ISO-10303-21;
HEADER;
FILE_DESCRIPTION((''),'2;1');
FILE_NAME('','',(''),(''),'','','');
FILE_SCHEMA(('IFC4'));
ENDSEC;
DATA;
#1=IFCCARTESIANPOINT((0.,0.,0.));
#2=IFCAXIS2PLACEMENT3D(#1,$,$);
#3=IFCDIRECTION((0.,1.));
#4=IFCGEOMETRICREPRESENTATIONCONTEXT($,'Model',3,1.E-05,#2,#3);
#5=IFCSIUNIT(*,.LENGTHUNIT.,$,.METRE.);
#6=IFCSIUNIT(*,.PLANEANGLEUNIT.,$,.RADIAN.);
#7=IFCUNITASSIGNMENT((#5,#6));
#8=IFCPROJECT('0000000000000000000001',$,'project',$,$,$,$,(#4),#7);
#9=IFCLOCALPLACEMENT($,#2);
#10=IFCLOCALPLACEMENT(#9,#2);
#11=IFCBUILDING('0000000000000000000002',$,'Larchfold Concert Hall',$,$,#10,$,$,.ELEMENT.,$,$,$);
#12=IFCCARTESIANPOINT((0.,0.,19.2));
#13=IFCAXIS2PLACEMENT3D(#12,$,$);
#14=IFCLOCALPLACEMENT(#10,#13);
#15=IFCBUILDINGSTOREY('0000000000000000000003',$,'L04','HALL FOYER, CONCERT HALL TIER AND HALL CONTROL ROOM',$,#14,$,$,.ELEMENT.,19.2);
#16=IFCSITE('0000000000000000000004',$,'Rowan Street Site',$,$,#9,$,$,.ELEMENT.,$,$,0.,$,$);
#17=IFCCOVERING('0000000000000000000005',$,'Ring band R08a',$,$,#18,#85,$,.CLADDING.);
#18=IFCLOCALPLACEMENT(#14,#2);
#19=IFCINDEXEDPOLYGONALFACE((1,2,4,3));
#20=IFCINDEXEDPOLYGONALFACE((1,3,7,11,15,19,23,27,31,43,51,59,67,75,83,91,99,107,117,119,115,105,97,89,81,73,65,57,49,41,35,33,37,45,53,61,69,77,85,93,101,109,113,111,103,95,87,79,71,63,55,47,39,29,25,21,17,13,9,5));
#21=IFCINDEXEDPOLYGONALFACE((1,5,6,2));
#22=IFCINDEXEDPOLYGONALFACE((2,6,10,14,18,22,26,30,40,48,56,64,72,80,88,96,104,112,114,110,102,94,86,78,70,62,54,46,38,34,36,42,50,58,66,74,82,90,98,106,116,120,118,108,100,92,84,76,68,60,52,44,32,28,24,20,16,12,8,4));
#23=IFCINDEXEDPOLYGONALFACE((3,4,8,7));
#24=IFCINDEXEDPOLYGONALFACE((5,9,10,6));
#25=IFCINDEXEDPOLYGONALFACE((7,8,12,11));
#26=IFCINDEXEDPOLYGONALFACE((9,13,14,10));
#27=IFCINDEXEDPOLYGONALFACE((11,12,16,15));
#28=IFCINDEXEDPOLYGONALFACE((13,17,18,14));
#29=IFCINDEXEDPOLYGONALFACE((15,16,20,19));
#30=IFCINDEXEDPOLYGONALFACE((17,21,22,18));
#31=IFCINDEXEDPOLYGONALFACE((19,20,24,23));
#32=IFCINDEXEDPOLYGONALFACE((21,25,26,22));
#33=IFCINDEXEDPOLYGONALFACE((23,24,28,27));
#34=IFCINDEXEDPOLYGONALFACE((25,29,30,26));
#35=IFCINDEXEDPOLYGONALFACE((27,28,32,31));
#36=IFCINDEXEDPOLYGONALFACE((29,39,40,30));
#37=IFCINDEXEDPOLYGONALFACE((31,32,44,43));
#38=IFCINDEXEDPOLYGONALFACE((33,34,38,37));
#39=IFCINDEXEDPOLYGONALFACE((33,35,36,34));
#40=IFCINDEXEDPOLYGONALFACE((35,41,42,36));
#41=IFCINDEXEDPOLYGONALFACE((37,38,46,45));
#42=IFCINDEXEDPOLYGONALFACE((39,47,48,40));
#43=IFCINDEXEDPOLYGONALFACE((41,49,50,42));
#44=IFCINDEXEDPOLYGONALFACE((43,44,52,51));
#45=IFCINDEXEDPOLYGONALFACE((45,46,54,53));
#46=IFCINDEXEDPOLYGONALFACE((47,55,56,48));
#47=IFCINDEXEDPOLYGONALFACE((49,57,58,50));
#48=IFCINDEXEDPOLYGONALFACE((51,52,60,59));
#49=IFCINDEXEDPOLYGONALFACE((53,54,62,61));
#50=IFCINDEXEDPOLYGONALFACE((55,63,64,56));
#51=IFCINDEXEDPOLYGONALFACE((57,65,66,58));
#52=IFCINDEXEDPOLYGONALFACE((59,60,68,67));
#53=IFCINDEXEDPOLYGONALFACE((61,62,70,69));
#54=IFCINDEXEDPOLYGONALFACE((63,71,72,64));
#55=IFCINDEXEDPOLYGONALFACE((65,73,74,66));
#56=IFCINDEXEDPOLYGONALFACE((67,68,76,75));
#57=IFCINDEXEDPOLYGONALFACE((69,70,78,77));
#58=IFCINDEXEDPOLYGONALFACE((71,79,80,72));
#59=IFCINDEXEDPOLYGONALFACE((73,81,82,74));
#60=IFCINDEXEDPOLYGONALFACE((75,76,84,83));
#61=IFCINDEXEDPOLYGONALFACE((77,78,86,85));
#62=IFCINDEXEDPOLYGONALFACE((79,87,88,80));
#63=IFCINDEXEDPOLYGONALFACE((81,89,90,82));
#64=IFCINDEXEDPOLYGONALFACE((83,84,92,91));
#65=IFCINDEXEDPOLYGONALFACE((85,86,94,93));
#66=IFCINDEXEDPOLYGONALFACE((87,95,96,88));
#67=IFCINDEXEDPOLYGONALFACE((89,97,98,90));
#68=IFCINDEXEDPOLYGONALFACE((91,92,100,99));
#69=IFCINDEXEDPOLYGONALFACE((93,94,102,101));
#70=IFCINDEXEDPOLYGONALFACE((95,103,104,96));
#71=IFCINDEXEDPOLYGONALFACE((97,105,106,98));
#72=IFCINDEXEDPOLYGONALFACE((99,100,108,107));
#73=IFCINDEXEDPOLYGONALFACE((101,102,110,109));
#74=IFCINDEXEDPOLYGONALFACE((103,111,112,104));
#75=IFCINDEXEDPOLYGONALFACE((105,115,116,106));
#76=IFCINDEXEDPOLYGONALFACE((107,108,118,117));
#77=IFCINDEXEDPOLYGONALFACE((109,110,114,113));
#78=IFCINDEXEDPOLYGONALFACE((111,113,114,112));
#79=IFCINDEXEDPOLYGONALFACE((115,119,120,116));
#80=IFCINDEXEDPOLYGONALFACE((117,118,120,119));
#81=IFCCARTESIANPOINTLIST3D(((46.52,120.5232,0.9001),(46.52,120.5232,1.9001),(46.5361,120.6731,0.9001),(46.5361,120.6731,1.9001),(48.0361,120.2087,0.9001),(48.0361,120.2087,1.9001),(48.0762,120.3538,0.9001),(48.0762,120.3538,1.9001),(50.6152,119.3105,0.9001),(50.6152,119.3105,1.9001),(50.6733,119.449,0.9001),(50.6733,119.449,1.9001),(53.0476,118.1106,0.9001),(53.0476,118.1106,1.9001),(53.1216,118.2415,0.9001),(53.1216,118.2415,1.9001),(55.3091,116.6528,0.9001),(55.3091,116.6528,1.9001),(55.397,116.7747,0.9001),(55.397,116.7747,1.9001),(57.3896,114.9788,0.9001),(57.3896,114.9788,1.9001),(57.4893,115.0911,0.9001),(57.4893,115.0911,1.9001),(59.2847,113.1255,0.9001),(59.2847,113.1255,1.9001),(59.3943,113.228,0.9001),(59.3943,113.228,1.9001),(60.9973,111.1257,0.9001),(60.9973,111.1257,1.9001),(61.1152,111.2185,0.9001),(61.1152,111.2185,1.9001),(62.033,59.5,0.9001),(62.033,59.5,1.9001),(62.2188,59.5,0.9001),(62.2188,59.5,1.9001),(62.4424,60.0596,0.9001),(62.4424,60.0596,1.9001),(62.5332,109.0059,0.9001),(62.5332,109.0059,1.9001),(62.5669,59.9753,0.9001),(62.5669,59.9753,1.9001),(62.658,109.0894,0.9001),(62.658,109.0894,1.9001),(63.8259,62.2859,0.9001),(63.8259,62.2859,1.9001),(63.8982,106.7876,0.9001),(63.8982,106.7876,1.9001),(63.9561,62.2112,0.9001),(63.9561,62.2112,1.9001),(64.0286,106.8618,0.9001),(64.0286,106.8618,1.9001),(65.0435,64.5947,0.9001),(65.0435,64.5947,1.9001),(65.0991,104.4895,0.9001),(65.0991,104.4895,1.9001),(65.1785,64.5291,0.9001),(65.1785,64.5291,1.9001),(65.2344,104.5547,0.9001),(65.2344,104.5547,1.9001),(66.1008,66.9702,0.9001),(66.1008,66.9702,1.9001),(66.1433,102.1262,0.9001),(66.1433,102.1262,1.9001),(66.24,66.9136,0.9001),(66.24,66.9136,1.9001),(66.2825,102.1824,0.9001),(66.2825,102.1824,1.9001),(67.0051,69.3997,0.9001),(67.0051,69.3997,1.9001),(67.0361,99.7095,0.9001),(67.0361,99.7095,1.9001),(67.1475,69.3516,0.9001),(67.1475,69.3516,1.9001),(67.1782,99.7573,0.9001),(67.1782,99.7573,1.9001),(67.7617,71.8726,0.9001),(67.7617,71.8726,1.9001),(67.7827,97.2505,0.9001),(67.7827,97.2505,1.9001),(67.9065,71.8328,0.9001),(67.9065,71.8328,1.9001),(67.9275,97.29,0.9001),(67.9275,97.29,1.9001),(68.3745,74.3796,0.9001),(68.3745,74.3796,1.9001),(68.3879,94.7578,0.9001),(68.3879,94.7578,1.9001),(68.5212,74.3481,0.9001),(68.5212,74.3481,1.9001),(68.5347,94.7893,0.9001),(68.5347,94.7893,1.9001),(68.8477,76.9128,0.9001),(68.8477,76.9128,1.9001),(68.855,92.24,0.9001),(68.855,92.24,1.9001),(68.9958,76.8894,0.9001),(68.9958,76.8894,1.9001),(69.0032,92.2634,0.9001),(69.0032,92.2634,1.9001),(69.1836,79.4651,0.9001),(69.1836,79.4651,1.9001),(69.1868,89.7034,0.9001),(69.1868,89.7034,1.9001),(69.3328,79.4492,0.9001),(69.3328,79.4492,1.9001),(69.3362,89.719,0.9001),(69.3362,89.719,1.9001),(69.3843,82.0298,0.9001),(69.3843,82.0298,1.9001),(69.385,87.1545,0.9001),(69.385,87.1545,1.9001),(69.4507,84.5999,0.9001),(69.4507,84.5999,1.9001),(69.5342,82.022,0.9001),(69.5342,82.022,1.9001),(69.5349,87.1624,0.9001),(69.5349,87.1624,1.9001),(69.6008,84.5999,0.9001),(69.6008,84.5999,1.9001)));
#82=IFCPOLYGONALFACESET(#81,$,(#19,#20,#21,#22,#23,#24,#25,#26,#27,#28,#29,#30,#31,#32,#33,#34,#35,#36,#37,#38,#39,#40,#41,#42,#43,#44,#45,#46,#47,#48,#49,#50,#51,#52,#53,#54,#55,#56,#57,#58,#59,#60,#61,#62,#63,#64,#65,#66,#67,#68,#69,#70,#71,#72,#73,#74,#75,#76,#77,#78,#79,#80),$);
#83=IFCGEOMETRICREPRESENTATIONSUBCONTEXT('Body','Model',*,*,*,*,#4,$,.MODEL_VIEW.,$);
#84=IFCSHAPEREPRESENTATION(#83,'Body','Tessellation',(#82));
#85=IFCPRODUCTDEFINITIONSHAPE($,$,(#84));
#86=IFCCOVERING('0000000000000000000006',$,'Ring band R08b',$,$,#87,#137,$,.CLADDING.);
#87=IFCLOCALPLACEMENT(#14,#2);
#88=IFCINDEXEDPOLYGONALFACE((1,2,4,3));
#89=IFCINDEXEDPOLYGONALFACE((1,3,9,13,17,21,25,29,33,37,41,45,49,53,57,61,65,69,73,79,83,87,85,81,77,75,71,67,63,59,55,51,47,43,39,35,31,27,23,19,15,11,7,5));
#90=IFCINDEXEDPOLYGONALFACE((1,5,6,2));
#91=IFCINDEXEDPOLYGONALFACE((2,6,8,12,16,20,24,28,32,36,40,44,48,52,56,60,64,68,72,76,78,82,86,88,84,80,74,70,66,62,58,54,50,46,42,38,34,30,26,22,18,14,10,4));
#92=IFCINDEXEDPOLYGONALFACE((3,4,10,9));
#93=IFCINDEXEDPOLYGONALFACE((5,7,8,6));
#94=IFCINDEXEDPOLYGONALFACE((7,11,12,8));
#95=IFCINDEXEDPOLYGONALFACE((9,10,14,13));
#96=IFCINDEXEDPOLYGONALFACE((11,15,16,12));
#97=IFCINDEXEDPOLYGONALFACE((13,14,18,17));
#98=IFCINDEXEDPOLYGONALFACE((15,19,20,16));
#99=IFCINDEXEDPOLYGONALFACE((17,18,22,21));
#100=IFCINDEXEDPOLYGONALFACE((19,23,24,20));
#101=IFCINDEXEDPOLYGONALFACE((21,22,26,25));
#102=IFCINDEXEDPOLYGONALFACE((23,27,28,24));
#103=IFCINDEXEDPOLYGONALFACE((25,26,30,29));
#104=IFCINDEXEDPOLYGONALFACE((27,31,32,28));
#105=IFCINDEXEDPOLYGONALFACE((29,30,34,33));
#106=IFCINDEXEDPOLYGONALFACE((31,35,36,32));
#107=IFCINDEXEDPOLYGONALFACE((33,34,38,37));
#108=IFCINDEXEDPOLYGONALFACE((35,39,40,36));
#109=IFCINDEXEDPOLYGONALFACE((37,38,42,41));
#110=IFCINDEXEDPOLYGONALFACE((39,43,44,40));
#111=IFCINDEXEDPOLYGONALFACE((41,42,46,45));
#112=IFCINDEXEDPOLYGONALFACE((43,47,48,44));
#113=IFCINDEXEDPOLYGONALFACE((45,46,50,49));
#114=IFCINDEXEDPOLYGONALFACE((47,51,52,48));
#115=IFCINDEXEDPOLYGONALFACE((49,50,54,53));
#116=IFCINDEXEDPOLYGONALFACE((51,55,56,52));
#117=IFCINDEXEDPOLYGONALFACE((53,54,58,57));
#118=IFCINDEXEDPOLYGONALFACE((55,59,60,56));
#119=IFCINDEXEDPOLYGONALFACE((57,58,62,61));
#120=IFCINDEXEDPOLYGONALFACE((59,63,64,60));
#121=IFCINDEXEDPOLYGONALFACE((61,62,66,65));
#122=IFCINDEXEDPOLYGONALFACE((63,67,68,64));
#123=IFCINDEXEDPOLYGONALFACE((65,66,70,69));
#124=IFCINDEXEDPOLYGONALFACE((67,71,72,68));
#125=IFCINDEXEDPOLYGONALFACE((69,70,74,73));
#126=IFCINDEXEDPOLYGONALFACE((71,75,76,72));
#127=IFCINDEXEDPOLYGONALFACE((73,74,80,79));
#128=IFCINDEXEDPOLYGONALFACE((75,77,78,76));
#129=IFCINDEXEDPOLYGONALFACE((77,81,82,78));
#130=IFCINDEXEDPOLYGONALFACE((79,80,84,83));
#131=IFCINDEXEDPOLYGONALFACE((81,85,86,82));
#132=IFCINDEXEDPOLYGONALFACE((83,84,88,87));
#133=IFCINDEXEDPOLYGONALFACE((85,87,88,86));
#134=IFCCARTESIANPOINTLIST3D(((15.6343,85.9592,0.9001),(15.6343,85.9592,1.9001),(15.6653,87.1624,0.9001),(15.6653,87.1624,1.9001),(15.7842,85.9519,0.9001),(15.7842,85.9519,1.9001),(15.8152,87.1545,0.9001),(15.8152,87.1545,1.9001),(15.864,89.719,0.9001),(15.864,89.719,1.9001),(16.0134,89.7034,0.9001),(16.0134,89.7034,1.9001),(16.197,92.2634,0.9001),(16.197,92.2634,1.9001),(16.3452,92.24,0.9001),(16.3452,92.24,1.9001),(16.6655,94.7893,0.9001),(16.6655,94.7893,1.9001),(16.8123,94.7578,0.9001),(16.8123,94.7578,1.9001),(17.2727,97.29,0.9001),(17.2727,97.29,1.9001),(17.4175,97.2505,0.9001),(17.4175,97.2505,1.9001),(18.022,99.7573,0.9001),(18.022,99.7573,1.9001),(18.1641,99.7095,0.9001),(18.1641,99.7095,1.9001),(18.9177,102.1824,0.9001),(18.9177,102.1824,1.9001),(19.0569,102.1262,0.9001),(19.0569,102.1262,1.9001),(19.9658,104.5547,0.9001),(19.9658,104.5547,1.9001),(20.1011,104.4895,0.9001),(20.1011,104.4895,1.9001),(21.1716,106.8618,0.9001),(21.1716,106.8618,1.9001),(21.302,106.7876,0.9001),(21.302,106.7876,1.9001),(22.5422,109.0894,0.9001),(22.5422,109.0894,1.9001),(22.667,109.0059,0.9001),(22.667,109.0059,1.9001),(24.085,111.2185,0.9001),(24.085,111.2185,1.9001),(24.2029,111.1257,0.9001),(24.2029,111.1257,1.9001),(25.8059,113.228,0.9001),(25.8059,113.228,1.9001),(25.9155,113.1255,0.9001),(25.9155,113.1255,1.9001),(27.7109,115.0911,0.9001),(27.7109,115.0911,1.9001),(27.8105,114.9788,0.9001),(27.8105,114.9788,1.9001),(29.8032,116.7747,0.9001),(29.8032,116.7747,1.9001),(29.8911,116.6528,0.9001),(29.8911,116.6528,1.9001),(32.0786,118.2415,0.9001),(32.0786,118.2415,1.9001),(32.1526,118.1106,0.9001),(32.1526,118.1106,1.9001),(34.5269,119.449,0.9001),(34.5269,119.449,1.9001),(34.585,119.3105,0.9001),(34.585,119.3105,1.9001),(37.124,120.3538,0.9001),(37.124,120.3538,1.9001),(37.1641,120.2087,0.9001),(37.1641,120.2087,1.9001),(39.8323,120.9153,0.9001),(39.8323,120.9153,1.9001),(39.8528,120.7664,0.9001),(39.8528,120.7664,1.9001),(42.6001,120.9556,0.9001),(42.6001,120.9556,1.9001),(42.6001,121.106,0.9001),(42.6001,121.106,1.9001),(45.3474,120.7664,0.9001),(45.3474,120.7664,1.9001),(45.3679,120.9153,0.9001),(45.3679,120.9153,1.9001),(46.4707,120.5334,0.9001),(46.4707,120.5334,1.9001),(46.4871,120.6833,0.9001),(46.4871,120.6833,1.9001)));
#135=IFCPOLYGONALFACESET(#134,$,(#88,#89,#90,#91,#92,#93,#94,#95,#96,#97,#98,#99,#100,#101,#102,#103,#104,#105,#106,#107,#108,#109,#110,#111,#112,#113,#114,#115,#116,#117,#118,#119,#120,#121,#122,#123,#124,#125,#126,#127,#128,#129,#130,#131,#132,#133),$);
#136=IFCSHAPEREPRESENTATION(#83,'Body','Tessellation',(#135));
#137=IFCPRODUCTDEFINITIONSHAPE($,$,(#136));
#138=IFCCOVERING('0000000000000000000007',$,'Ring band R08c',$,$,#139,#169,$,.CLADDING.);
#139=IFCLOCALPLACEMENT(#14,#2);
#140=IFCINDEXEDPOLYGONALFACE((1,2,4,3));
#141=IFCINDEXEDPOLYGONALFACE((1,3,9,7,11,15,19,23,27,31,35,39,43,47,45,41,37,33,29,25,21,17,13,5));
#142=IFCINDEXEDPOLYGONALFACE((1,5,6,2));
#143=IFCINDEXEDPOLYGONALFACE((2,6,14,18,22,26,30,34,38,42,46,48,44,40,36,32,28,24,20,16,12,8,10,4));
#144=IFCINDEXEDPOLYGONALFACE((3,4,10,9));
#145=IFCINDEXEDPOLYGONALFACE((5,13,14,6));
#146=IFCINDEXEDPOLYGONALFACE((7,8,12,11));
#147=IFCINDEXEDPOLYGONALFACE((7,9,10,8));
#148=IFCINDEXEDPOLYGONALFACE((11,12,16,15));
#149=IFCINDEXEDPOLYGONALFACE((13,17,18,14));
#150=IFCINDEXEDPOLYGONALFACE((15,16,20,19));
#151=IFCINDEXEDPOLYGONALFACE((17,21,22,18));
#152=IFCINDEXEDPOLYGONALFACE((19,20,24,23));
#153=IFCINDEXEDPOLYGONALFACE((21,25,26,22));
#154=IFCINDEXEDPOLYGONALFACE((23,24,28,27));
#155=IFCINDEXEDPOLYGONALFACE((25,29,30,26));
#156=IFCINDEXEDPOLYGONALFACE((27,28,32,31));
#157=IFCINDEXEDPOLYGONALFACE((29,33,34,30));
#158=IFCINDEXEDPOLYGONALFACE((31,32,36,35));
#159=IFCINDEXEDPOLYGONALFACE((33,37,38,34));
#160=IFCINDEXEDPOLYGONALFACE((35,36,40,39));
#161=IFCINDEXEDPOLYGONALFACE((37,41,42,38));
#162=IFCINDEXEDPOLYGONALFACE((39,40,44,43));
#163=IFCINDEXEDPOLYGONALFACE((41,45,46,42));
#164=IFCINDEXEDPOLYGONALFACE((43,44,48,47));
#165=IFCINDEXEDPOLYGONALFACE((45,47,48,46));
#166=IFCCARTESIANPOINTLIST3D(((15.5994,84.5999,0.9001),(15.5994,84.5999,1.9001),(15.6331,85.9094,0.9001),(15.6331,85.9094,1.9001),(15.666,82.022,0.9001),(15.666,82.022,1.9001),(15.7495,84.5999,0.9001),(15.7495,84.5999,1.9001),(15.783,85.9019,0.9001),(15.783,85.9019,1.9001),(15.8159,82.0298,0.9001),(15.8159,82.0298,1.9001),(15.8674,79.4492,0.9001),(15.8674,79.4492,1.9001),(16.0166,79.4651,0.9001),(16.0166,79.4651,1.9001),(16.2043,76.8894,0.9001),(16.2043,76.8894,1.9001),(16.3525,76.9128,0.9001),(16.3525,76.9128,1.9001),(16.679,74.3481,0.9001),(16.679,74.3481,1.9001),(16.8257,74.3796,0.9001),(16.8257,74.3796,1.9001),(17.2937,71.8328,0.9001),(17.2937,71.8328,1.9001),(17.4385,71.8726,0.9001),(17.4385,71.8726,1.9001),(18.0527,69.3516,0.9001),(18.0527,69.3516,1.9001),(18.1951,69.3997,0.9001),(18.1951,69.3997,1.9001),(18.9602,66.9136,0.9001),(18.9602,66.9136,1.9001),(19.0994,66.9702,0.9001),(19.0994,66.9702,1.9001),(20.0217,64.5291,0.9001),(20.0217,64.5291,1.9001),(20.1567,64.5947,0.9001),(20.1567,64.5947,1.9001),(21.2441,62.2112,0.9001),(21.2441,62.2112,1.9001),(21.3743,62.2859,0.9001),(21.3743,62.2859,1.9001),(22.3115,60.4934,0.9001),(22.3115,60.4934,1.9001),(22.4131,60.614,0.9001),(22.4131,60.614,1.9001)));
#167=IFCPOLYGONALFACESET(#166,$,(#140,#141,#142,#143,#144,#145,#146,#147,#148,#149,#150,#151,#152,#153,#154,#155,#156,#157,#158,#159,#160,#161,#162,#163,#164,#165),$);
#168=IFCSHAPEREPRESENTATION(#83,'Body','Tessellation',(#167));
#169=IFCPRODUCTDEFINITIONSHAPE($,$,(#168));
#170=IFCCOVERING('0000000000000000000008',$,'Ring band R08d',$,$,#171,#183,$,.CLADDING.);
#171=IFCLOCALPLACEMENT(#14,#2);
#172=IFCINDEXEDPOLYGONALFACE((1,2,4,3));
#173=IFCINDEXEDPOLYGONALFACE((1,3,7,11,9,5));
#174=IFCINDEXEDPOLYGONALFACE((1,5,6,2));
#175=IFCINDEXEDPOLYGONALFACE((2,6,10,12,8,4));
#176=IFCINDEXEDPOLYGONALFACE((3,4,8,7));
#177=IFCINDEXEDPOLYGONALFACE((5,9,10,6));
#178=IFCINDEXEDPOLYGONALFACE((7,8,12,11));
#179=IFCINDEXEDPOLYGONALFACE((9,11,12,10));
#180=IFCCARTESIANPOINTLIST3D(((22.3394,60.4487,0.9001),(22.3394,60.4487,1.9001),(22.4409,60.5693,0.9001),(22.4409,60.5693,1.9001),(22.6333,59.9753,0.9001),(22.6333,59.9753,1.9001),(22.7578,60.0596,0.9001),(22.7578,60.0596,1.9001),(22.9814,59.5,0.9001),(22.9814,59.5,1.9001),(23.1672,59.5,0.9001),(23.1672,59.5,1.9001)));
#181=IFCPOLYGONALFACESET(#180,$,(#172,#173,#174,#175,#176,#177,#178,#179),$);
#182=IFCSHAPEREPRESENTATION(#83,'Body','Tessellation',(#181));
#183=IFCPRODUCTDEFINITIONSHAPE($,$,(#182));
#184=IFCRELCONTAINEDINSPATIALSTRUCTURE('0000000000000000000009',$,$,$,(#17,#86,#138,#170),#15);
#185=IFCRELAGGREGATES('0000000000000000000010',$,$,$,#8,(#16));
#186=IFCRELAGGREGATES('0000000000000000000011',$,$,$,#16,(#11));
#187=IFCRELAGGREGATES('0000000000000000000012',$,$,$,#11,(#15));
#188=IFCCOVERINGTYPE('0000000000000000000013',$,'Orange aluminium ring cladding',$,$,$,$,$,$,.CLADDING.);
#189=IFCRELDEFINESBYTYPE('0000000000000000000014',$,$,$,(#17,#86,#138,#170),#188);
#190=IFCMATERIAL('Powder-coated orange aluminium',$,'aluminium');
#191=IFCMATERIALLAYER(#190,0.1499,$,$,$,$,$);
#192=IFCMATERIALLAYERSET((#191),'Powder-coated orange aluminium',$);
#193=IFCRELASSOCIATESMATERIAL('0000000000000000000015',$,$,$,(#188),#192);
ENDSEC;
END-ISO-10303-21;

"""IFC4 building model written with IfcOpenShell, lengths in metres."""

from ifc_helpers import new_model, si_unit, direction, frame, origin, place, context, subcontext, project, spatial, polyline, outline, extrude, material, layer, layer_set, type_object, element, save


model = new_model("IFC4")

# Units and contexts
model_context = context("Model", 3, precision=1e-05, world=origin(), true_north=direction((0.0, 1.0)))
body_context = subcontext(model_context, "Body", "Model", "MODEL_VIEW")
ifc_project = project(units=[si_unit("LENGTHUNIT", "METRE"), si_unit("PLANEANGLEUNIT", "RADIAN")], contexts=[model_context])

# Site, building, storey
site_placement = place(None, origin())
site = spatial("IfcSite", under=ifc_project, at=site_placement, Name="Rowan Street Site", CompositionType="ELEMENT", RefElevation=0.0)
building_placement = place(site_placement, origin())
building = spatial("IfcBuilding", under=site, at=building_placement, Name="Larchfold Concert Hall", CompositionType="ELEMENT")
storey_placement = place(building_placement, frame((0.0, 0.0, 19.2)))
storey = spatial("IfcBuildingStorey", under=building, at=storey_placement, Name="L04", Description="HALL FOYER, CONCERT HALL TIER AND HALL CONTROL ROOM", CompositionType="ELEMENT", Elevation=19.2)

# Coverings
ifc_material_1 = material(Name="Powder-coated orange aluminium", Category="aluminium")
ifc_layer_1 = layer(ifc_material_1, 0.1499)
ifc_layer_set_1 = layer_set([ifc_layer_1], Name="Powder-coated orange aluminium")
covering_type_1 = type_object("IfcCoveringType", Name="Orange aluminium ring cladding", PredefinedType="CLADDING", material=ifc_layer_set_1)
covering_1_placement = place(storey_placement, frame((0.0, 0.0, 0.9001)))
element("IfcCovering", 1, at=covering_1_placement, inside=storey, type_object=covering_type_1, Name="Ring band R08a", PredefinedType="CLADDING", context=body_context, shape_type="SweptSolid", body=[
    extrude(outline(polyline([(68.5212, 74.3481), (68.9958, 76.8894), (69.3328, 79.4492), (69.5342, 82.022), (69.6008, 84.5999), (69.5349, 87.1624), (69.3362, 89.719), (69.0032, 92.2634), (68.5347, 94.7893), (67.9275, 97.29), (67.1782, 99.7573), (66.2825, 102.1824), (65.2344, 104.5547), (64.0286, 106.8618), (62.658, 109.0894), (61.1152, 111.2185), (59.3943, 113.228), (57.4893, 115.0911), (55.397, 116.7747), (53.1216, 118.2415), (50.6733, 119.449), (48.0762, 120.3538), (46.5361, 120.6731), (46.52, 120.5232), (48.0361, 120.2087), (50.6152, 119.3105), (53.0476, 118.1106), (55.3091, 116.6528), (57.3896, 114.9788), (59.2847, 113.1255), (60.9973, 111.1257), (62.5332, 109.0059), (63.8982, 106.7876), (65.0991, 104.4895), (66.1433, 102.1262), (67.0361, 99.7095), (67.7827, 97.2505), (68.3879, 94.7578), (68.855, 92.24), (69.1868, 89.7034), (69.385, 87.1545), (69.4507, 84.5999), (69.3843, 82.0298), (69.1836, 79.4651), (68.8477, 76.9128), (68.3745, 74.3796), (67.7617, 71.8726), (67.0051, 69.3997), (66.1008, 66.9702), (65.0435, 64.5947), (63.8259, 62.2859), (62.4424, 60.0596), (62.033, 59.5), (62.2188, 59.5), (62.5669, 59.9753), (63.9561, 62.2112), (65.1785, 64.5291), (66.24, 66.9136), (67.1475, 69.3516), (67.9065, 71.8328), (68.5212, 74.3481)])), origin(), (0.0, 0.0, 1.0), 1.0),
])
covering_2_placement = place(storey_placement, frame((0.0, 0.0, 0.9001)))
element("IfcCovering", 2, at=covering_2_placement, inside=storey, type_object=covering_type_1, Name="Ring band R08b", PredefinedType="CLADDING", context=body_context, shape_type="SweptSolid", body=[
    extrude(outline(polyline([(42.6001, 120.9556), (45.3474, 120.7664), (46.4707, 120.5334), (46.4871, 120.6833), (45.3679, 120.9153), (42.6001, 121.106), (39.8323, 120.9153), (37.124, 120.3538), (34.5269, 119.449), (32.0786, 118.2415), (29.8032, 116.7747), (27.7109, 115.0911), (25.8059, 113.228), (24.085, 111.2185), (22.5422, 109.0894), (21.1716, 106.8618), (19.9658, 104.5547), (18.9177, 102.1824), (18.022, 99.7573), (17.2727, 97.29), (16.6655, 94.7893), (16.197, 92.2634), (15.864, 89.719), (15.6653, 87.1624), (15.6343, 85.9592), (15.7842, 85.9519), (15.8152, 87.1545), (16.0134, 89.7034), (16.3452, 92.24), (16.8123, 94.7578), (17.4175, 97.2505), (18.1641, 99.7095), (19.0569, 102.1262), (20.1011, 104.4895), (21.302, 106.7876), (22.667, 109.0059), (24.2029, 111.1257), (25.9155, 113.1255), (27.8105, 114.9788), (29.8911, 116.6528), (32.1526, 118.1106), (34.585, 119.3105), (37.1641, 120.2087), (39.8528, 120.7664), (42.6001, 120.9556)])), origin(), (0.0, 0.0, 1.0), 1.0),
])
covering_3_placement = place(storey_placement, frame((0.0, 0.0, 0.9001)))
element("IfcCovering", 3, at=covering_3_placement, inside=storey, type_object=covering_type_1, Name="Ring band R08c", PredefinedType="CLADDING", context=body_context, shape_type="SweptSolid", body=[
    extrude(outline(polyline([(15.7495, 84.5999), (15.783, 85.9019), (15.6331, 85.9094), (15.5994, 84.5999), (15.666, 82.022), (15.8674, 79.4492), (16.2043, 76.8894), (16.679, 74.3481), (17.2937, 71.8328), (18.0527, 69.3516), (18.9602, 66.9136), (20.0217, 64.5291), (21.2441, 62.2112), (22.3115, 60.4934), (22.4131, 60.614), (21.3743, 62.2859), (20.1567, 64.5947), (19.0994, 66.9702), (18.1951, 69.3997), (17.4385, 71.8726), (16.8257, 74.3796), (16.3525, 76.9128), (16.0166, 79.4651), (15.8159, 82.0298), (15.7495, 84.5999)])), origin(), (0.0, 0.0, 1.0), 1.0),
])
covering_4_placement = place(storey_placement, frame((0.0, 0.0, 0.9001)))
element("IfcCovering", 4, at=covering_4_placement, inside=storey, type_object=covering_type_1, Name="Ring band R08d", PredefinedType="CLADDING", context=body_context, shape_type="SweptSolid", body=[
    extrude(outline(polyline([(22.4409, 60.5693), (22.3394, 60.4487), (22.6333, 59.9753), (22.9814, 59.5), (23.1672, 59.5), (22.7578, 60.0596), (22.4409, 60.5693)])), origin(), (0.0, 0.0, 1.0), 1.0),
])

save(model, "model.ifc")
